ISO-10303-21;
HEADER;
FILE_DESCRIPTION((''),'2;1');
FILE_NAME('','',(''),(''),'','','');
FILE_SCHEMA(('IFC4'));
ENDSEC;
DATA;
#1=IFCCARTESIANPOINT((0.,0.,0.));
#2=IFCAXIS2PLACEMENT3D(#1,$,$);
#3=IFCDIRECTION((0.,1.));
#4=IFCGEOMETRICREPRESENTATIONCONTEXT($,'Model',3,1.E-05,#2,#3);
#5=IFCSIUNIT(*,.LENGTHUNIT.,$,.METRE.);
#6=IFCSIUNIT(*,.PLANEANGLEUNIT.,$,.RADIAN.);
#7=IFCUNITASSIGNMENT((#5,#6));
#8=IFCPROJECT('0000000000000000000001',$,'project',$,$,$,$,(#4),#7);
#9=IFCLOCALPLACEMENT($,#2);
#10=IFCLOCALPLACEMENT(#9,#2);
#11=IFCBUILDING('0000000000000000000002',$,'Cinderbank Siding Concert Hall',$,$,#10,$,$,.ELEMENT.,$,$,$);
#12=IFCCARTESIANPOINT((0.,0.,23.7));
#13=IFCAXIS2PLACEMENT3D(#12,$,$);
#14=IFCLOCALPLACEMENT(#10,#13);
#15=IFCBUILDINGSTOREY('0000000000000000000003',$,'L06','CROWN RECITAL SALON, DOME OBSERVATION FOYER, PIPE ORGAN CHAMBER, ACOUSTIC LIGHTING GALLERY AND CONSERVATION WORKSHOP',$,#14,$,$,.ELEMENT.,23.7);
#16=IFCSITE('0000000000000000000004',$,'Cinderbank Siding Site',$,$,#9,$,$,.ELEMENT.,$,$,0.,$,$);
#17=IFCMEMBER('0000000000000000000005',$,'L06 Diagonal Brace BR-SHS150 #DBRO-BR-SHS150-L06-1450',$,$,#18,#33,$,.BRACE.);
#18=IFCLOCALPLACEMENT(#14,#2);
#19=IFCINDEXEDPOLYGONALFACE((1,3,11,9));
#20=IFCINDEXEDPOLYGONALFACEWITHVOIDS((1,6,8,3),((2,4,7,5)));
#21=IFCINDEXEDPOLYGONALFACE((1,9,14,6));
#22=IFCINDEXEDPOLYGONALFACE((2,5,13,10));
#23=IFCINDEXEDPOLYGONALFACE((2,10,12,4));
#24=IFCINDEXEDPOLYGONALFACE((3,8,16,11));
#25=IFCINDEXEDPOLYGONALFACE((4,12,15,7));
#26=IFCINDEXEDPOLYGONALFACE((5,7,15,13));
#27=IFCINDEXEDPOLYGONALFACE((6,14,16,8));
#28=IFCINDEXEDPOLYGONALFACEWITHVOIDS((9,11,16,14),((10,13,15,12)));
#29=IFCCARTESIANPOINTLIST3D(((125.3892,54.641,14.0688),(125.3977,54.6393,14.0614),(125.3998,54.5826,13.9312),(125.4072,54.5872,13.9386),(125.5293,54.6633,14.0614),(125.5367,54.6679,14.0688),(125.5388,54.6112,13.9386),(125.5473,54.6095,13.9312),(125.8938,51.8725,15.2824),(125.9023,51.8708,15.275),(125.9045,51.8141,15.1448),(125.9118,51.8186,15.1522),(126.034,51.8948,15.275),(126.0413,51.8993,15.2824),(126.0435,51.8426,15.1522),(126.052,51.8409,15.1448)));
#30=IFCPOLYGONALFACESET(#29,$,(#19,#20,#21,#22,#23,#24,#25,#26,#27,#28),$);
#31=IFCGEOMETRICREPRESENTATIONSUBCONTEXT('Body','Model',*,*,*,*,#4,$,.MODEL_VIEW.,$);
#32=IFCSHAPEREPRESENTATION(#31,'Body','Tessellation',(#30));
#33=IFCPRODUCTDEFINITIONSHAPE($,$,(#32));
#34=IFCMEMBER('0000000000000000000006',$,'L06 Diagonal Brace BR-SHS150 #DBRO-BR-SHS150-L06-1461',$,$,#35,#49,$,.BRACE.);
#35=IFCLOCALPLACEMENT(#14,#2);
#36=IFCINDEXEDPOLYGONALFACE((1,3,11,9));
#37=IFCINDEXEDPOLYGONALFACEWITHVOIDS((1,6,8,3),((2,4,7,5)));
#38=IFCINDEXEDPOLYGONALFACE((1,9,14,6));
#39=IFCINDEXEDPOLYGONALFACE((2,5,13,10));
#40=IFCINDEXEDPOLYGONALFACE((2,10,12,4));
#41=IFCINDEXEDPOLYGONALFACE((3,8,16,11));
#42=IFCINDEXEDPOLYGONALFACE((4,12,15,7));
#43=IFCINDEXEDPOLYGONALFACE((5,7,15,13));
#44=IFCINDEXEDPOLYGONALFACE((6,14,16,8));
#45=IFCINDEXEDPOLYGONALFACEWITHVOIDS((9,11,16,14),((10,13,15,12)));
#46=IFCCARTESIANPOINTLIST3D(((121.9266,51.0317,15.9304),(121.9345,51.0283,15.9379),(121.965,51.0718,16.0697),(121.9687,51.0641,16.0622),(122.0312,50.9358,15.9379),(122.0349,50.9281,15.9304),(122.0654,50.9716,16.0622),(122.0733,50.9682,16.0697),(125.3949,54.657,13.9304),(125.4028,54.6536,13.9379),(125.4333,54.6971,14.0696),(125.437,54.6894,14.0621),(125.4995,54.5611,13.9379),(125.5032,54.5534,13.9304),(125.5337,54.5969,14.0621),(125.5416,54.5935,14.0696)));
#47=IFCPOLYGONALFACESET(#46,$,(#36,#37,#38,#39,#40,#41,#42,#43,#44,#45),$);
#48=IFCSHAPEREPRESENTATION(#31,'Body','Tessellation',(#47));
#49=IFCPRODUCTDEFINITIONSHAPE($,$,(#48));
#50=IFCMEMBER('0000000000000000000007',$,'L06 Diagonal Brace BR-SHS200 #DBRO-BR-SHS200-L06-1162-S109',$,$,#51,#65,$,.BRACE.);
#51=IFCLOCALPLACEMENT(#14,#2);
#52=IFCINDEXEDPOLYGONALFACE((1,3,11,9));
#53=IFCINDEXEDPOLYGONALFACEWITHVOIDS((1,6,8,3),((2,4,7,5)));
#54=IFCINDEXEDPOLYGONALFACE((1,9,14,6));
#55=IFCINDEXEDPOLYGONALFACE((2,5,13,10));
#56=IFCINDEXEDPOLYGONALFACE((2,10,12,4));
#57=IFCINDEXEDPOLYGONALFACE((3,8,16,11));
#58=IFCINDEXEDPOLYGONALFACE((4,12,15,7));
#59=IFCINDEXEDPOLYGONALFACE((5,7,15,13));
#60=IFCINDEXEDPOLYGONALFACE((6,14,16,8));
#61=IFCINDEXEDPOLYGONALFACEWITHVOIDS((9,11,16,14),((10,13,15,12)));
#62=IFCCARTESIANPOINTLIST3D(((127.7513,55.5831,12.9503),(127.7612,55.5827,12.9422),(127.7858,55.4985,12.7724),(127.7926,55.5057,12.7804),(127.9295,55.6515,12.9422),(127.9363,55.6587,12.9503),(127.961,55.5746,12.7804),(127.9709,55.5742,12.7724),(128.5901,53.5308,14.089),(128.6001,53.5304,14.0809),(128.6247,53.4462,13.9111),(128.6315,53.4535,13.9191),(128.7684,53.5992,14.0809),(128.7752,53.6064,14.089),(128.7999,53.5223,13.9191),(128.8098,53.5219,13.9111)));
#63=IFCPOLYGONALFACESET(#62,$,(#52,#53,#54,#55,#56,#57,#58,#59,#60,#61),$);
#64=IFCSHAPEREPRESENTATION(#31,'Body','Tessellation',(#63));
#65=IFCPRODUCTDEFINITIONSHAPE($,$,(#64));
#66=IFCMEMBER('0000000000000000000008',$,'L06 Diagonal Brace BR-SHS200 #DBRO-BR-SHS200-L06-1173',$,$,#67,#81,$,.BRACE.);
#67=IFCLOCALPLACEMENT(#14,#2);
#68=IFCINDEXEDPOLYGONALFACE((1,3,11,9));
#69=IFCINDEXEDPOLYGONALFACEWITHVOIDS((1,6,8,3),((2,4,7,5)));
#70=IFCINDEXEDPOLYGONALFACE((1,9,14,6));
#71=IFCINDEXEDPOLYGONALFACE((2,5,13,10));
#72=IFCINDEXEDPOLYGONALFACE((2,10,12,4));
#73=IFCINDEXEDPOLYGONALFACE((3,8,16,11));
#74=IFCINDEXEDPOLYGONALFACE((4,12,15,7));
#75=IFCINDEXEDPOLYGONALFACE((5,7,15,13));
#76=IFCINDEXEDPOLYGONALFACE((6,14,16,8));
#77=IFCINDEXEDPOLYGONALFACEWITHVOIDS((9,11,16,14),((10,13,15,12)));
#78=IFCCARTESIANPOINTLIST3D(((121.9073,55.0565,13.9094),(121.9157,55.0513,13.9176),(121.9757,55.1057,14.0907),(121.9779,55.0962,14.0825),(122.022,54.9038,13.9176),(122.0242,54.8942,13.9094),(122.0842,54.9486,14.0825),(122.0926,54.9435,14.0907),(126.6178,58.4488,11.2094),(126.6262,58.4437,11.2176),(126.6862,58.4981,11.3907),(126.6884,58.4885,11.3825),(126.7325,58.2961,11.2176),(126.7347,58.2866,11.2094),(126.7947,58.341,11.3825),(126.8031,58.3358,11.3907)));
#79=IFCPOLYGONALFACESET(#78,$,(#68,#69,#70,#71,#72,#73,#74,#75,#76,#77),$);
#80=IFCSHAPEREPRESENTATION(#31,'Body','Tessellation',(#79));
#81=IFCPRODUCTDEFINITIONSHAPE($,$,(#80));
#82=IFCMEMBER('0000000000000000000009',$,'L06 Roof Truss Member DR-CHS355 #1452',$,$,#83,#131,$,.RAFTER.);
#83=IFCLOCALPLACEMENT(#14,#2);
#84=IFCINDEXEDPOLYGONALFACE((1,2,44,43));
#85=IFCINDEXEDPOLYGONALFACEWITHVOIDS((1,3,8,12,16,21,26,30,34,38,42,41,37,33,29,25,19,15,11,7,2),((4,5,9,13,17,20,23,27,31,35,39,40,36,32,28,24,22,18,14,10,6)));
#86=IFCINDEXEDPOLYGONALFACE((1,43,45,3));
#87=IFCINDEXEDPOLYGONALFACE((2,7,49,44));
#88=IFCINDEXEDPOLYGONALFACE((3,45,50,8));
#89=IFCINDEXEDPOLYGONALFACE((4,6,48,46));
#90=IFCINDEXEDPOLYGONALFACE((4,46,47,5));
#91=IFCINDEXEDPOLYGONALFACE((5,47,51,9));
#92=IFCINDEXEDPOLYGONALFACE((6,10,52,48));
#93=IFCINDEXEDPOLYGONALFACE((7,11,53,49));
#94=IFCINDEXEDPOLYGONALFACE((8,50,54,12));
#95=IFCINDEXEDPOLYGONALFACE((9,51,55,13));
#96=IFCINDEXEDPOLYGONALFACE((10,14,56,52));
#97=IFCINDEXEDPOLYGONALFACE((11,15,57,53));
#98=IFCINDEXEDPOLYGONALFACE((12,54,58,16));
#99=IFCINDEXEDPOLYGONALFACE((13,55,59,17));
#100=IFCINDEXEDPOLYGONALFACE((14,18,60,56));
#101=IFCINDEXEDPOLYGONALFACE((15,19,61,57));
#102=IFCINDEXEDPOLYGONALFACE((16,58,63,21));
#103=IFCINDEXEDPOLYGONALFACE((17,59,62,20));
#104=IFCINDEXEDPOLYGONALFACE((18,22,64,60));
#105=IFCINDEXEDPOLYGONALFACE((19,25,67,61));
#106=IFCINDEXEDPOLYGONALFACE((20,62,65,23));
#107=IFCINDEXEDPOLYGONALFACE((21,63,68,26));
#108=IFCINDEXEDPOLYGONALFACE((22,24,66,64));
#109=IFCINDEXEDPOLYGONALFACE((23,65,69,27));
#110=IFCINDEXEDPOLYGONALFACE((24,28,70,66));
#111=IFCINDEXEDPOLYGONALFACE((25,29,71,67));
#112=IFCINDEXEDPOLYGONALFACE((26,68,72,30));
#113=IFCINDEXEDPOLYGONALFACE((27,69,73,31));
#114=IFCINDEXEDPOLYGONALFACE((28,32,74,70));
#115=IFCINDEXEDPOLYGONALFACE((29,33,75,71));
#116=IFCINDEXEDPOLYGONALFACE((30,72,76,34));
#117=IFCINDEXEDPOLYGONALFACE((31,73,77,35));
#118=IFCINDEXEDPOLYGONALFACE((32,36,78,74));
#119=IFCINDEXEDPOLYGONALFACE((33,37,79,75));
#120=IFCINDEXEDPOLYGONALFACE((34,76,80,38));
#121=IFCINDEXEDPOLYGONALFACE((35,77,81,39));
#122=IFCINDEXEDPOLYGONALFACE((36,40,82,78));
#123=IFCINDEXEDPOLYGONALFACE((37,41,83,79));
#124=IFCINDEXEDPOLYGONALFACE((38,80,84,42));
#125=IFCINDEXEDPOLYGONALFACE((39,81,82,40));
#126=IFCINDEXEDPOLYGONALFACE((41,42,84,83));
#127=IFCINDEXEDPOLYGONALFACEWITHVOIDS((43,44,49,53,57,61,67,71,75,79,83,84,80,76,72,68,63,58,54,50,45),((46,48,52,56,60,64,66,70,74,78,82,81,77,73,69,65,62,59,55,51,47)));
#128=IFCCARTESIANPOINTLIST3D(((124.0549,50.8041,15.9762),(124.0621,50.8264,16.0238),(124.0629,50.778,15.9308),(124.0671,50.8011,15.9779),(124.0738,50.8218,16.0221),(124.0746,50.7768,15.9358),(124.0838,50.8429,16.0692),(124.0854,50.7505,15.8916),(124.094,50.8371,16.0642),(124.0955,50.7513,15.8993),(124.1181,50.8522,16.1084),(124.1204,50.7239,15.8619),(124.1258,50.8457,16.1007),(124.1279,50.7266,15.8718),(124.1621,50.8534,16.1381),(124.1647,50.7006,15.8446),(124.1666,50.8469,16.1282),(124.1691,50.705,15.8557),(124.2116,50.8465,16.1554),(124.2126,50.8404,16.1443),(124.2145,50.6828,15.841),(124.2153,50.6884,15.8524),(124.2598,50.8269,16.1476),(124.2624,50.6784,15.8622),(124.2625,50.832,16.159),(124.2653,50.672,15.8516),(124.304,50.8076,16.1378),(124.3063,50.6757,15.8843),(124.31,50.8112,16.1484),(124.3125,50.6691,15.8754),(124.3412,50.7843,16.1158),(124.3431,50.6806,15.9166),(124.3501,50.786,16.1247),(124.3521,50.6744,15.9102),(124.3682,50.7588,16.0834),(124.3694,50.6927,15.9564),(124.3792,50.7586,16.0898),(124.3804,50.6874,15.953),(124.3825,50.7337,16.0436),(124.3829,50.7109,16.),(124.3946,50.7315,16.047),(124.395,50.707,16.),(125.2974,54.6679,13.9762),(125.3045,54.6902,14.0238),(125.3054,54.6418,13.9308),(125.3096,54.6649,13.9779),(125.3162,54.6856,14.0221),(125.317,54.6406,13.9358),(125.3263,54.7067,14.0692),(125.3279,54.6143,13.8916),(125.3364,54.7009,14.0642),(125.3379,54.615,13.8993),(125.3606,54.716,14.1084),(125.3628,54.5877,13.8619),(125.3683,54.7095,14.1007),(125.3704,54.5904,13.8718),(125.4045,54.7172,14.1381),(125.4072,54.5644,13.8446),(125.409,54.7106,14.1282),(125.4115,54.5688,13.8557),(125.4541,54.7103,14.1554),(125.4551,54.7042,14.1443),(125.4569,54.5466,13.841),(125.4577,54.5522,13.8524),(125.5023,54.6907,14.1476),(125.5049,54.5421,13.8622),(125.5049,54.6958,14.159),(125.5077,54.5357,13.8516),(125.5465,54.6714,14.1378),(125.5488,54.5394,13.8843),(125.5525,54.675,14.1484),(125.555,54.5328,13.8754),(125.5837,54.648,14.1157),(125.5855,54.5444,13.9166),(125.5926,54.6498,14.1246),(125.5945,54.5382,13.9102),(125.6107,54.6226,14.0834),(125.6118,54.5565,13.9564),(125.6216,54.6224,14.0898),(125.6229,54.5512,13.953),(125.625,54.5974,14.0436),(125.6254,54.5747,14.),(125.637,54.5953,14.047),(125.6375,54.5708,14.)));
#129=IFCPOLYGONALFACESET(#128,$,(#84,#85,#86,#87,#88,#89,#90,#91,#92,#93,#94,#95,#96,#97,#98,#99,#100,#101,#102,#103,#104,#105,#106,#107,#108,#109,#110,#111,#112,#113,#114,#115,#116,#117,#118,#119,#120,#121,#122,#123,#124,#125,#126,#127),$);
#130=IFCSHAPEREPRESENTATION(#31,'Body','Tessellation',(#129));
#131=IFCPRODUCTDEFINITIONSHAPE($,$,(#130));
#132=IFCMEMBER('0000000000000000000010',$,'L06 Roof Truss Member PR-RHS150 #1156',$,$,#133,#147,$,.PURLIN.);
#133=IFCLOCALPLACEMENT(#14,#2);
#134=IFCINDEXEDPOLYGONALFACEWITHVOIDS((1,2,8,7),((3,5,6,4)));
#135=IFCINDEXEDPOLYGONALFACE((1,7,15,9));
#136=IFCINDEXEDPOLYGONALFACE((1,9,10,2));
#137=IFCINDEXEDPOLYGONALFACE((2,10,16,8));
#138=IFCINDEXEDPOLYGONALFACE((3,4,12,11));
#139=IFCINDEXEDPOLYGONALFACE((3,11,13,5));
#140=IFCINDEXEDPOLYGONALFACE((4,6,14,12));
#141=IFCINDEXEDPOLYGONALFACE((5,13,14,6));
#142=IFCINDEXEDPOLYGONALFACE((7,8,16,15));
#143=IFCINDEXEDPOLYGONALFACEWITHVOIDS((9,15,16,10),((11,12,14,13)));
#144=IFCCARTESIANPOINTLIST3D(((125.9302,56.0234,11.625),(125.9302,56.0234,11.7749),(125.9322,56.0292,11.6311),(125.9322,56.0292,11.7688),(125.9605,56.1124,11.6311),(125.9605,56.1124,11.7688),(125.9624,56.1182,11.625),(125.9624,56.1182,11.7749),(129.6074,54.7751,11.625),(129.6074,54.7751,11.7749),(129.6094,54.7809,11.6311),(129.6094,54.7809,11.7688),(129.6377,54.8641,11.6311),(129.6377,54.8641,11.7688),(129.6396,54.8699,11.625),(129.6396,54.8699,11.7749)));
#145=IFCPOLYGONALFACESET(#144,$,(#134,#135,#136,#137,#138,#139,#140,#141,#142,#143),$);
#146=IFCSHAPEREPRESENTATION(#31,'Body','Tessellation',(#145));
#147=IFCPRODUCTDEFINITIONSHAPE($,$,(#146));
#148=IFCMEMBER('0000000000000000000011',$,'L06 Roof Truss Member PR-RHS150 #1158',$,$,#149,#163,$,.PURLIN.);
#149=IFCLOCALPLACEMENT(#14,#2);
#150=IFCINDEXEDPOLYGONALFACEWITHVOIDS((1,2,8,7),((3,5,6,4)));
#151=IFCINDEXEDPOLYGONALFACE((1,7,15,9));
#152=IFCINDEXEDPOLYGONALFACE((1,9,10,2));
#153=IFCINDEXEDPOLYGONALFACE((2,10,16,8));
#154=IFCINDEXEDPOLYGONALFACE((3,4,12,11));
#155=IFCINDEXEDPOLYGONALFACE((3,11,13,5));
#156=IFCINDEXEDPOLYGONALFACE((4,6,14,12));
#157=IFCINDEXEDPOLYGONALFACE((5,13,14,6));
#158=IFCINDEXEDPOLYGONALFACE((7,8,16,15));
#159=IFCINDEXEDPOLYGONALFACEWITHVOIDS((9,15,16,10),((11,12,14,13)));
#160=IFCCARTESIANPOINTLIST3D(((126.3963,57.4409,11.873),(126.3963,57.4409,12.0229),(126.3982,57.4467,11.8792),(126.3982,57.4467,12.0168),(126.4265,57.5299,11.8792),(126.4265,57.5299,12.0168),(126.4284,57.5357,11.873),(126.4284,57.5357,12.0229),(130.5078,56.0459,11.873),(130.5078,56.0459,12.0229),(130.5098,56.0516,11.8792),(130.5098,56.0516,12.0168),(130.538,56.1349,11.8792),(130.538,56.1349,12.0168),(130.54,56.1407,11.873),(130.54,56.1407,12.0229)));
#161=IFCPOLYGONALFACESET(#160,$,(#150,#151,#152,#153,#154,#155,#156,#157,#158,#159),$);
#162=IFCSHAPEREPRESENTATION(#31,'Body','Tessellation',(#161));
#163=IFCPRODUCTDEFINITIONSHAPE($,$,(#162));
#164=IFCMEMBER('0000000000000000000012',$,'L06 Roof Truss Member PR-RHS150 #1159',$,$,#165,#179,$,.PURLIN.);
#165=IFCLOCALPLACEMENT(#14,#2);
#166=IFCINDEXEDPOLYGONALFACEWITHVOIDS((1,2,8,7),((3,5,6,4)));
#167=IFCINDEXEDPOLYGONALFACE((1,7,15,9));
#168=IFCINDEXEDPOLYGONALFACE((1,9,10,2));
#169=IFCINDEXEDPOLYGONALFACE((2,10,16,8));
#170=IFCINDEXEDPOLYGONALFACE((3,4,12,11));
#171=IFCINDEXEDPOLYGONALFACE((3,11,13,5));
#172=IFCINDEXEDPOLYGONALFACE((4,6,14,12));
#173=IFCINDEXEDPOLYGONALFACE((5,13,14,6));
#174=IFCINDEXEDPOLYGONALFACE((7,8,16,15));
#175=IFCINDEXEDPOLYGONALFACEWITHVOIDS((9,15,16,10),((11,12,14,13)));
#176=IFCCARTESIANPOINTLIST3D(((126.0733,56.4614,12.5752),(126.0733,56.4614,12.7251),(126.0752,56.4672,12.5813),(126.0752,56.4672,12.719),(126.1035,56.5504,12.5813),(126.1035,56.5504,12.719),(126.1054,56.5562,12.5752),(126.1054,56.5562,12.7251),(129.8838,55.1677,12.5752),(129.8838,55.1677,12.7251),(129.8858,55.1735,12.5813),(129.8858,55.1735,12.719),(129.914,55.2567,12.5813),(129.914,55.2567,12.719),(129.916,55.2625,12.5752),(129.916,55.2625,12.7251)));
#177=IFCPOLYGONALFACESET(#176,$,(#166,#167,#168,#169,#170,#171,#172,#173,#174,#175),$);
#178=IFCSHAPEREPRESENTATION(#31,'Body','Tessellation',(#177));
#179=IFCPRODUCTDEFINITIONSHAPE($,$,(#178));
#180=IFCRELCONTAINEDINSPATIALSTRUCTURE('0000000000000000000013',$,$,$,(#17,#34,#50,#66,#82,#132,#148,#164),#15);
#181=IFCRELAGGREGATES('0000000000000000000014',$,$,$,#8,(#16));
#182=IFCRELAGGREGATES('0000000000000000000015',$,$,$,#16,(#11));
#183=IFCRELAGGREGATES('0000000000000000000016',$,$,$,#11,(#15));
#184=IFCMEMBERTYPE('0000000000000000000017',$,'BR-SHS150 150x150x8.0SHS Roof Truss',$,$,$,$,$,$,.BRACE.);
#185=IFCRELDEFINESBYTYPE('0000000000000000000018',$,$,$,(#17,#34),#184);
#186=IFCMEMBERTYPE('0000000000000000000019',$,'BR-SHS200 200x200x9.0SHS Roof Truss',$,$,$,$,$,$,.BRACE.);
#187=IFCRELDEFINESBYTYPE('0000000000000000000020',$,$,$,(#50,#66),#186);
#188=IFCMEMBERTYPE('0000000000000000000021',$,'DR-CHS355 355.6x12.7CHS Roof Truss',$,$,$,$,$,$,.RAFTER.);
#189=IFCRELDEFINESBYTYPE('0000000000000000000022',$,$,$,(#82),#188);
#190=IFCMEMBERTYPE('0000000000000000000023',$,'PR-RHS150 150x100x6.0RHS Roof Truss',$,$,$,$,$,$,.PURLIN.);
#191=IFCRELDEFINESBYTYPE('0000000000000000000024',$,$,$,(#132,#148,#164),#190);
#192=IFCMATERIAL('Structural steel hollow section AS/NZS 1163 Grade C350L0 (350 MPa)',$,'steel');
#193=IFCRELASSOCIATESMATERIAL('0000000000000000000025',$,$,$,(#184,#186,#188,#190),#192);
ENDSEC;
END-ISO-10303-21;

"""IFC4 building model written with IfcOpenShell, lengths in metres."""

from ifc_helpers import new_model, si_unit, direction, frame, origin, origin_2d, place, context, subcontext, project, spatial, hollow_rectangle, hollow_circle, extrude, material, material_profile, profile_set, type_object, element, save


model = new_model("IFC4")

# Units and contexts
model_context = context("Model", 3, precision=1e-05, world=origin(), true_north=direction((0.0, 1.0)))
body_context = subcontext(model_context, "Body", "Model", "MODEL_VIEW")
ifc_project = project(units=[si_unit("LENGTHUNIT", "METRE"), si_unit("PLANEANGLEUNIT", "RADIAN")], contexts=[model_context])

# Site, building, storey
site_placement = place(None, origin())
site = spatial("IfcSite", under=ifc_project, at=site_placement, Name="Cinderbank Siding Site", CompositionType="ELEMENT", RefElevation=0.0)
building_placement = place(site_placement, origin())
building = spatial("IfcBuilding", under=site, at=building_placement, Name="Cinderbank Siding Concert Hall", CompositionType="ELEMENT")
storey_placement = place(building_placement, frame((0.0, 0.0, 23.7)))
storey = spatial("IfcBuildingStorey", under=building, at=storey_placement, Name="L06", Description="CROWN RECITAL SALON, DOME OBSERVATION FOYER, PIPE ORGAN CHAMBER, ACOUSTIC LIGHTING GALLERY AND CONSERVATION WORKSHOP", CompositionType="ELEMENT", Elevation=23.7)

# Members
ifc_material_1 = material(Name="Structural steel hollow section AS/NZS 1163 Grade C350L0 (350 MPa)", Category="steel")
ifc_material_profile_1 = material_profile(ifc_material_1, hollow_rectangle(XDim=0.1499, YDim=0.1499, WallThickness=0.0081, at=origin_2d()), Name="150x150x8.0SHS", Category="LoadBearing")
ifc_profile_set_1 = profile_set([ifc_material_profile_1], Name="Structural steel hollow section AS/NZS 1163 Grade C350L0 (350 MPa)")
member_type_1 = type_object("IfcMemberType", Name="BR-SHS150 150x150x8.0SHS Roof Truss", PredefinedType="BRACE", material=ifc_profile_set_1)
member_1_placement = place(storey_placement, frame((125.4683, 54.6252, 14.0), z_axis=(0.164661, -0.903366, 0.396), x_axis=(0.983791, 0.179321, 0.0)))
element("IfcMember", 1, at=member_1_placement, inside=storey, type_object=member_type_1, Name="L06 Diagonal Brace BR-SHS150 #DBRO-BR-SHS150-L06-1450", PredefinedType="BRACE", context=body_context, shape_type="SweptSolid", body=[
    extrude(hollow_rectangle(XDim=0.1499, YDim=0.1499, WallThickness=0.0081, at=origin_2d()), origin(), (0.0, 0.0, 1.0), 3.0647),
])
member_2_placement = place(storey_placement, frame((125.4683, 54.6252, 14.0), z_axis=(-0.642147, -0.671212, 0.370299), x_axis=(0.722578, -0.691289, 0.0)))
element("IfcMember", 2, at=member_2_placement, inside=storey, type_object=member_type_1, Name="L06 Diagonal Brace BR-SHS150 #DBRO-BR-SHS150-L06-1461", PredefinedType="BRACE", context=body_context, shape_type="SweptSolid", body=[
    extrude(hollow_rectangle(XDim=0.1499, YDim=0.1499, WallThickness=0.0081, at=origin_2d()), origin(), (0.0, 0.0, 1.0), 5.4011),
])
ifc_material_profile_2 = material_profile(ifc_material_1, hollow_rectangle(XDim=0.2, YDim=0.2, WallThickness=0.009, at=origin_2d()), Name="200x200x9.0SHS", Category="LoadBearing")
ifc_profile_set_2 = profile_set([ifc_material_profile_2], Name="Structural steel hollow section AS/NZS 1163 Grade C350L0 (350 MPa)")
member_type_2 = type_object("IfcMemberType", Name="BR-SHS200 200x200x9.0SHS Roof Truss", PredefinedType="BRACE", material=ifc_profile_set_2)
member_3_placement = place(storey_placement, frame((127.8611, 55.5786, 12.8613), z_axis=(0.336572, -0.823406, 0.45686), x_axis=(0.925656, 0.378367, 0.0)))
element("IfcMember", 3, at=member_3_placement, inside=storey, type_object=member_type_2, Name="L06 Diagonal Brace BR-SHS200 #DBRO-BR-SHS200-L06-1162-S109", PredefinedType="BRACE", context=body_context, shape_type="SweptSolid", body=[
    extrude(hollow_rectangle(XDim=0.2, YDim=0.2, WallThickness=0.009, at=origin_2d()), origin(), (0.0, 0.0, 1.0), 2.4924),
])
member_4_placement = place(storey_placement, frame((126.7104, 58.3923, 11.3), z_axis=(-0.735774, -0.529884, 0.421734), x_axis=(0.584397, -0.811468, 0.0)))
element("IfcMember", 4, at=member_4_placement, inside=storey, type_object=member_type_2, Name="L06 Diagonal Brace BR-SHS200 #DBRO-BR-SHS200-L06-1173", PredefinedType="BRACE", context=body_context, shape_type="SweptSolid", body=[
    extrude(hollow_rectangle(XDim=0.2, YDim=0.2, WallThickness=0.009, at=origin_2d()), origin(), (0.0, 0.0, 1.0), 6.4021),
])
ifc_material_profile_3 = material_profile(ifc_material_1, hollow_circle(Radius=0.1777, WallThickness=0.0127, at=origin_2d()), Name="355.6x12.7CHS", Category="LoadBearing")
ifc_profile_set_3 = profile_set([ifc_material_profile_3], Name="Structural steel hollow section AS/NZS 1163 Grade C350L0 (350 MPa)")
member_type_3 = type_object("IfcMemberType", Name="DR-CHS355 355.6x12.7CHS Roof Truss", PredefinedType="RAFTER", material=ifc_profile_set_3)
member_5_placement = place(storey_placement, frame((125.4683, 54.6252, 14.0), z_axis=(-0.274592, -0.85394, 0.442024), x_axis=(0.951992, -0.306122, 0.0)))
element("IfcMember", 5, at=member_5_placement, inside=storey, type_object=member_type_3, Name="L06 Roof Truss Member DR-CHS355 #1452", PredefinedType="RAFTER", context=body_context, shape_type="SweptSolid", body=[
    extrude(hollow_circle(Radius=0.1777, WallThickness=0.0127, at=origin_2d()), origin(), (0.0, 0.0, 1.0), 4.5247),
])
ifc_material_profile_4 = material_profile(ifc_material_1, hollow_rectangle(XDim=0.1001, YDim=0.1499, WallThickness=0.0061, at=origin_2d()), Name="150x100x6.0RHS", Category="LoadBearing")
ifc_profile_set_4 = profile_set([ifc_material_profile_4], Name="Structural steel hollow section AS/NZS 1163 Grade C350L0 (350 MPa)")
member_type_4 = type_object("IfcMemberType", Name="PR-RHS150 150x100x6.0RHS Roof Truss", PredefinedType="PURLIN", material=ifc_profile_set_4)
member_6_placement = place(storey_placement, frame((129.6235, 54.8225, 11.7), z_axis=(-0.946927, 0.321447, 0.0), x_axis=(-0.321447, -0.946927, 0.0)))
element("IfcMember", 6, at=member_6_placement, inside=storey, type_object=member_type_4, Name="L06 Roof Truss Member PR-RHS150 #1156", PredefinedType="PURLIN", context=body_context, shape_type="SweptSolid", body=[
    extrude(hollow_rectangle(XDim=0.1001, YDim=0.1499, WallThickness=0.0061, at=origin_2d()), origin(), (0.0, 0.0, 1.0), 3.8833),
])
member_7_placement = place(storey_placement, frame((130.5239, 56.0933, 11.948), z_axis=(-0.946977, 0.321301, 0.0), x_axis=(-0.321301, -0.946977, 0.0)))
element("IfcMember", 7, at=member_7_placement, inside=storey, type_object=member_type_4, Name="L06 Roof Truss Member PR-RHS150 #1158", PredefinedType="PURLIN", context=body_context, shape_type="SweptSolid", body=[
    extrude(hollow_rectangle(XDim=0.1001, YDim=0.1499, WallThickness=0.0061, at=origin_2d()), origin(), (0.0, 0.0, 1.0), 4.3418),
])
member_8_placement = place(storey_placement, frame((129.8999, 55.2151, 12.6501), z_axis=(-0.946915, 0.321483, 0.0), x_axis=(-0.321483, -0.946915, 0.0)))
element("IfcMember", 8, at=member_8_placement, inside=storey, type_object=member_type_4, Name="L06 Roof Truss Member PR-RHS150 #1159", PredefinedType="PURLIN", context=body_context, shape_type="SweptSolid", body=[
    extrude(hollow_rectangle(XDim=0.1001, YDim=0.1499, WallThickness=0.0061, at=origin_2d()), origin(), (0.0, 0.0, 1.0), 4.0242),
])

save(model, "model.ifc")
